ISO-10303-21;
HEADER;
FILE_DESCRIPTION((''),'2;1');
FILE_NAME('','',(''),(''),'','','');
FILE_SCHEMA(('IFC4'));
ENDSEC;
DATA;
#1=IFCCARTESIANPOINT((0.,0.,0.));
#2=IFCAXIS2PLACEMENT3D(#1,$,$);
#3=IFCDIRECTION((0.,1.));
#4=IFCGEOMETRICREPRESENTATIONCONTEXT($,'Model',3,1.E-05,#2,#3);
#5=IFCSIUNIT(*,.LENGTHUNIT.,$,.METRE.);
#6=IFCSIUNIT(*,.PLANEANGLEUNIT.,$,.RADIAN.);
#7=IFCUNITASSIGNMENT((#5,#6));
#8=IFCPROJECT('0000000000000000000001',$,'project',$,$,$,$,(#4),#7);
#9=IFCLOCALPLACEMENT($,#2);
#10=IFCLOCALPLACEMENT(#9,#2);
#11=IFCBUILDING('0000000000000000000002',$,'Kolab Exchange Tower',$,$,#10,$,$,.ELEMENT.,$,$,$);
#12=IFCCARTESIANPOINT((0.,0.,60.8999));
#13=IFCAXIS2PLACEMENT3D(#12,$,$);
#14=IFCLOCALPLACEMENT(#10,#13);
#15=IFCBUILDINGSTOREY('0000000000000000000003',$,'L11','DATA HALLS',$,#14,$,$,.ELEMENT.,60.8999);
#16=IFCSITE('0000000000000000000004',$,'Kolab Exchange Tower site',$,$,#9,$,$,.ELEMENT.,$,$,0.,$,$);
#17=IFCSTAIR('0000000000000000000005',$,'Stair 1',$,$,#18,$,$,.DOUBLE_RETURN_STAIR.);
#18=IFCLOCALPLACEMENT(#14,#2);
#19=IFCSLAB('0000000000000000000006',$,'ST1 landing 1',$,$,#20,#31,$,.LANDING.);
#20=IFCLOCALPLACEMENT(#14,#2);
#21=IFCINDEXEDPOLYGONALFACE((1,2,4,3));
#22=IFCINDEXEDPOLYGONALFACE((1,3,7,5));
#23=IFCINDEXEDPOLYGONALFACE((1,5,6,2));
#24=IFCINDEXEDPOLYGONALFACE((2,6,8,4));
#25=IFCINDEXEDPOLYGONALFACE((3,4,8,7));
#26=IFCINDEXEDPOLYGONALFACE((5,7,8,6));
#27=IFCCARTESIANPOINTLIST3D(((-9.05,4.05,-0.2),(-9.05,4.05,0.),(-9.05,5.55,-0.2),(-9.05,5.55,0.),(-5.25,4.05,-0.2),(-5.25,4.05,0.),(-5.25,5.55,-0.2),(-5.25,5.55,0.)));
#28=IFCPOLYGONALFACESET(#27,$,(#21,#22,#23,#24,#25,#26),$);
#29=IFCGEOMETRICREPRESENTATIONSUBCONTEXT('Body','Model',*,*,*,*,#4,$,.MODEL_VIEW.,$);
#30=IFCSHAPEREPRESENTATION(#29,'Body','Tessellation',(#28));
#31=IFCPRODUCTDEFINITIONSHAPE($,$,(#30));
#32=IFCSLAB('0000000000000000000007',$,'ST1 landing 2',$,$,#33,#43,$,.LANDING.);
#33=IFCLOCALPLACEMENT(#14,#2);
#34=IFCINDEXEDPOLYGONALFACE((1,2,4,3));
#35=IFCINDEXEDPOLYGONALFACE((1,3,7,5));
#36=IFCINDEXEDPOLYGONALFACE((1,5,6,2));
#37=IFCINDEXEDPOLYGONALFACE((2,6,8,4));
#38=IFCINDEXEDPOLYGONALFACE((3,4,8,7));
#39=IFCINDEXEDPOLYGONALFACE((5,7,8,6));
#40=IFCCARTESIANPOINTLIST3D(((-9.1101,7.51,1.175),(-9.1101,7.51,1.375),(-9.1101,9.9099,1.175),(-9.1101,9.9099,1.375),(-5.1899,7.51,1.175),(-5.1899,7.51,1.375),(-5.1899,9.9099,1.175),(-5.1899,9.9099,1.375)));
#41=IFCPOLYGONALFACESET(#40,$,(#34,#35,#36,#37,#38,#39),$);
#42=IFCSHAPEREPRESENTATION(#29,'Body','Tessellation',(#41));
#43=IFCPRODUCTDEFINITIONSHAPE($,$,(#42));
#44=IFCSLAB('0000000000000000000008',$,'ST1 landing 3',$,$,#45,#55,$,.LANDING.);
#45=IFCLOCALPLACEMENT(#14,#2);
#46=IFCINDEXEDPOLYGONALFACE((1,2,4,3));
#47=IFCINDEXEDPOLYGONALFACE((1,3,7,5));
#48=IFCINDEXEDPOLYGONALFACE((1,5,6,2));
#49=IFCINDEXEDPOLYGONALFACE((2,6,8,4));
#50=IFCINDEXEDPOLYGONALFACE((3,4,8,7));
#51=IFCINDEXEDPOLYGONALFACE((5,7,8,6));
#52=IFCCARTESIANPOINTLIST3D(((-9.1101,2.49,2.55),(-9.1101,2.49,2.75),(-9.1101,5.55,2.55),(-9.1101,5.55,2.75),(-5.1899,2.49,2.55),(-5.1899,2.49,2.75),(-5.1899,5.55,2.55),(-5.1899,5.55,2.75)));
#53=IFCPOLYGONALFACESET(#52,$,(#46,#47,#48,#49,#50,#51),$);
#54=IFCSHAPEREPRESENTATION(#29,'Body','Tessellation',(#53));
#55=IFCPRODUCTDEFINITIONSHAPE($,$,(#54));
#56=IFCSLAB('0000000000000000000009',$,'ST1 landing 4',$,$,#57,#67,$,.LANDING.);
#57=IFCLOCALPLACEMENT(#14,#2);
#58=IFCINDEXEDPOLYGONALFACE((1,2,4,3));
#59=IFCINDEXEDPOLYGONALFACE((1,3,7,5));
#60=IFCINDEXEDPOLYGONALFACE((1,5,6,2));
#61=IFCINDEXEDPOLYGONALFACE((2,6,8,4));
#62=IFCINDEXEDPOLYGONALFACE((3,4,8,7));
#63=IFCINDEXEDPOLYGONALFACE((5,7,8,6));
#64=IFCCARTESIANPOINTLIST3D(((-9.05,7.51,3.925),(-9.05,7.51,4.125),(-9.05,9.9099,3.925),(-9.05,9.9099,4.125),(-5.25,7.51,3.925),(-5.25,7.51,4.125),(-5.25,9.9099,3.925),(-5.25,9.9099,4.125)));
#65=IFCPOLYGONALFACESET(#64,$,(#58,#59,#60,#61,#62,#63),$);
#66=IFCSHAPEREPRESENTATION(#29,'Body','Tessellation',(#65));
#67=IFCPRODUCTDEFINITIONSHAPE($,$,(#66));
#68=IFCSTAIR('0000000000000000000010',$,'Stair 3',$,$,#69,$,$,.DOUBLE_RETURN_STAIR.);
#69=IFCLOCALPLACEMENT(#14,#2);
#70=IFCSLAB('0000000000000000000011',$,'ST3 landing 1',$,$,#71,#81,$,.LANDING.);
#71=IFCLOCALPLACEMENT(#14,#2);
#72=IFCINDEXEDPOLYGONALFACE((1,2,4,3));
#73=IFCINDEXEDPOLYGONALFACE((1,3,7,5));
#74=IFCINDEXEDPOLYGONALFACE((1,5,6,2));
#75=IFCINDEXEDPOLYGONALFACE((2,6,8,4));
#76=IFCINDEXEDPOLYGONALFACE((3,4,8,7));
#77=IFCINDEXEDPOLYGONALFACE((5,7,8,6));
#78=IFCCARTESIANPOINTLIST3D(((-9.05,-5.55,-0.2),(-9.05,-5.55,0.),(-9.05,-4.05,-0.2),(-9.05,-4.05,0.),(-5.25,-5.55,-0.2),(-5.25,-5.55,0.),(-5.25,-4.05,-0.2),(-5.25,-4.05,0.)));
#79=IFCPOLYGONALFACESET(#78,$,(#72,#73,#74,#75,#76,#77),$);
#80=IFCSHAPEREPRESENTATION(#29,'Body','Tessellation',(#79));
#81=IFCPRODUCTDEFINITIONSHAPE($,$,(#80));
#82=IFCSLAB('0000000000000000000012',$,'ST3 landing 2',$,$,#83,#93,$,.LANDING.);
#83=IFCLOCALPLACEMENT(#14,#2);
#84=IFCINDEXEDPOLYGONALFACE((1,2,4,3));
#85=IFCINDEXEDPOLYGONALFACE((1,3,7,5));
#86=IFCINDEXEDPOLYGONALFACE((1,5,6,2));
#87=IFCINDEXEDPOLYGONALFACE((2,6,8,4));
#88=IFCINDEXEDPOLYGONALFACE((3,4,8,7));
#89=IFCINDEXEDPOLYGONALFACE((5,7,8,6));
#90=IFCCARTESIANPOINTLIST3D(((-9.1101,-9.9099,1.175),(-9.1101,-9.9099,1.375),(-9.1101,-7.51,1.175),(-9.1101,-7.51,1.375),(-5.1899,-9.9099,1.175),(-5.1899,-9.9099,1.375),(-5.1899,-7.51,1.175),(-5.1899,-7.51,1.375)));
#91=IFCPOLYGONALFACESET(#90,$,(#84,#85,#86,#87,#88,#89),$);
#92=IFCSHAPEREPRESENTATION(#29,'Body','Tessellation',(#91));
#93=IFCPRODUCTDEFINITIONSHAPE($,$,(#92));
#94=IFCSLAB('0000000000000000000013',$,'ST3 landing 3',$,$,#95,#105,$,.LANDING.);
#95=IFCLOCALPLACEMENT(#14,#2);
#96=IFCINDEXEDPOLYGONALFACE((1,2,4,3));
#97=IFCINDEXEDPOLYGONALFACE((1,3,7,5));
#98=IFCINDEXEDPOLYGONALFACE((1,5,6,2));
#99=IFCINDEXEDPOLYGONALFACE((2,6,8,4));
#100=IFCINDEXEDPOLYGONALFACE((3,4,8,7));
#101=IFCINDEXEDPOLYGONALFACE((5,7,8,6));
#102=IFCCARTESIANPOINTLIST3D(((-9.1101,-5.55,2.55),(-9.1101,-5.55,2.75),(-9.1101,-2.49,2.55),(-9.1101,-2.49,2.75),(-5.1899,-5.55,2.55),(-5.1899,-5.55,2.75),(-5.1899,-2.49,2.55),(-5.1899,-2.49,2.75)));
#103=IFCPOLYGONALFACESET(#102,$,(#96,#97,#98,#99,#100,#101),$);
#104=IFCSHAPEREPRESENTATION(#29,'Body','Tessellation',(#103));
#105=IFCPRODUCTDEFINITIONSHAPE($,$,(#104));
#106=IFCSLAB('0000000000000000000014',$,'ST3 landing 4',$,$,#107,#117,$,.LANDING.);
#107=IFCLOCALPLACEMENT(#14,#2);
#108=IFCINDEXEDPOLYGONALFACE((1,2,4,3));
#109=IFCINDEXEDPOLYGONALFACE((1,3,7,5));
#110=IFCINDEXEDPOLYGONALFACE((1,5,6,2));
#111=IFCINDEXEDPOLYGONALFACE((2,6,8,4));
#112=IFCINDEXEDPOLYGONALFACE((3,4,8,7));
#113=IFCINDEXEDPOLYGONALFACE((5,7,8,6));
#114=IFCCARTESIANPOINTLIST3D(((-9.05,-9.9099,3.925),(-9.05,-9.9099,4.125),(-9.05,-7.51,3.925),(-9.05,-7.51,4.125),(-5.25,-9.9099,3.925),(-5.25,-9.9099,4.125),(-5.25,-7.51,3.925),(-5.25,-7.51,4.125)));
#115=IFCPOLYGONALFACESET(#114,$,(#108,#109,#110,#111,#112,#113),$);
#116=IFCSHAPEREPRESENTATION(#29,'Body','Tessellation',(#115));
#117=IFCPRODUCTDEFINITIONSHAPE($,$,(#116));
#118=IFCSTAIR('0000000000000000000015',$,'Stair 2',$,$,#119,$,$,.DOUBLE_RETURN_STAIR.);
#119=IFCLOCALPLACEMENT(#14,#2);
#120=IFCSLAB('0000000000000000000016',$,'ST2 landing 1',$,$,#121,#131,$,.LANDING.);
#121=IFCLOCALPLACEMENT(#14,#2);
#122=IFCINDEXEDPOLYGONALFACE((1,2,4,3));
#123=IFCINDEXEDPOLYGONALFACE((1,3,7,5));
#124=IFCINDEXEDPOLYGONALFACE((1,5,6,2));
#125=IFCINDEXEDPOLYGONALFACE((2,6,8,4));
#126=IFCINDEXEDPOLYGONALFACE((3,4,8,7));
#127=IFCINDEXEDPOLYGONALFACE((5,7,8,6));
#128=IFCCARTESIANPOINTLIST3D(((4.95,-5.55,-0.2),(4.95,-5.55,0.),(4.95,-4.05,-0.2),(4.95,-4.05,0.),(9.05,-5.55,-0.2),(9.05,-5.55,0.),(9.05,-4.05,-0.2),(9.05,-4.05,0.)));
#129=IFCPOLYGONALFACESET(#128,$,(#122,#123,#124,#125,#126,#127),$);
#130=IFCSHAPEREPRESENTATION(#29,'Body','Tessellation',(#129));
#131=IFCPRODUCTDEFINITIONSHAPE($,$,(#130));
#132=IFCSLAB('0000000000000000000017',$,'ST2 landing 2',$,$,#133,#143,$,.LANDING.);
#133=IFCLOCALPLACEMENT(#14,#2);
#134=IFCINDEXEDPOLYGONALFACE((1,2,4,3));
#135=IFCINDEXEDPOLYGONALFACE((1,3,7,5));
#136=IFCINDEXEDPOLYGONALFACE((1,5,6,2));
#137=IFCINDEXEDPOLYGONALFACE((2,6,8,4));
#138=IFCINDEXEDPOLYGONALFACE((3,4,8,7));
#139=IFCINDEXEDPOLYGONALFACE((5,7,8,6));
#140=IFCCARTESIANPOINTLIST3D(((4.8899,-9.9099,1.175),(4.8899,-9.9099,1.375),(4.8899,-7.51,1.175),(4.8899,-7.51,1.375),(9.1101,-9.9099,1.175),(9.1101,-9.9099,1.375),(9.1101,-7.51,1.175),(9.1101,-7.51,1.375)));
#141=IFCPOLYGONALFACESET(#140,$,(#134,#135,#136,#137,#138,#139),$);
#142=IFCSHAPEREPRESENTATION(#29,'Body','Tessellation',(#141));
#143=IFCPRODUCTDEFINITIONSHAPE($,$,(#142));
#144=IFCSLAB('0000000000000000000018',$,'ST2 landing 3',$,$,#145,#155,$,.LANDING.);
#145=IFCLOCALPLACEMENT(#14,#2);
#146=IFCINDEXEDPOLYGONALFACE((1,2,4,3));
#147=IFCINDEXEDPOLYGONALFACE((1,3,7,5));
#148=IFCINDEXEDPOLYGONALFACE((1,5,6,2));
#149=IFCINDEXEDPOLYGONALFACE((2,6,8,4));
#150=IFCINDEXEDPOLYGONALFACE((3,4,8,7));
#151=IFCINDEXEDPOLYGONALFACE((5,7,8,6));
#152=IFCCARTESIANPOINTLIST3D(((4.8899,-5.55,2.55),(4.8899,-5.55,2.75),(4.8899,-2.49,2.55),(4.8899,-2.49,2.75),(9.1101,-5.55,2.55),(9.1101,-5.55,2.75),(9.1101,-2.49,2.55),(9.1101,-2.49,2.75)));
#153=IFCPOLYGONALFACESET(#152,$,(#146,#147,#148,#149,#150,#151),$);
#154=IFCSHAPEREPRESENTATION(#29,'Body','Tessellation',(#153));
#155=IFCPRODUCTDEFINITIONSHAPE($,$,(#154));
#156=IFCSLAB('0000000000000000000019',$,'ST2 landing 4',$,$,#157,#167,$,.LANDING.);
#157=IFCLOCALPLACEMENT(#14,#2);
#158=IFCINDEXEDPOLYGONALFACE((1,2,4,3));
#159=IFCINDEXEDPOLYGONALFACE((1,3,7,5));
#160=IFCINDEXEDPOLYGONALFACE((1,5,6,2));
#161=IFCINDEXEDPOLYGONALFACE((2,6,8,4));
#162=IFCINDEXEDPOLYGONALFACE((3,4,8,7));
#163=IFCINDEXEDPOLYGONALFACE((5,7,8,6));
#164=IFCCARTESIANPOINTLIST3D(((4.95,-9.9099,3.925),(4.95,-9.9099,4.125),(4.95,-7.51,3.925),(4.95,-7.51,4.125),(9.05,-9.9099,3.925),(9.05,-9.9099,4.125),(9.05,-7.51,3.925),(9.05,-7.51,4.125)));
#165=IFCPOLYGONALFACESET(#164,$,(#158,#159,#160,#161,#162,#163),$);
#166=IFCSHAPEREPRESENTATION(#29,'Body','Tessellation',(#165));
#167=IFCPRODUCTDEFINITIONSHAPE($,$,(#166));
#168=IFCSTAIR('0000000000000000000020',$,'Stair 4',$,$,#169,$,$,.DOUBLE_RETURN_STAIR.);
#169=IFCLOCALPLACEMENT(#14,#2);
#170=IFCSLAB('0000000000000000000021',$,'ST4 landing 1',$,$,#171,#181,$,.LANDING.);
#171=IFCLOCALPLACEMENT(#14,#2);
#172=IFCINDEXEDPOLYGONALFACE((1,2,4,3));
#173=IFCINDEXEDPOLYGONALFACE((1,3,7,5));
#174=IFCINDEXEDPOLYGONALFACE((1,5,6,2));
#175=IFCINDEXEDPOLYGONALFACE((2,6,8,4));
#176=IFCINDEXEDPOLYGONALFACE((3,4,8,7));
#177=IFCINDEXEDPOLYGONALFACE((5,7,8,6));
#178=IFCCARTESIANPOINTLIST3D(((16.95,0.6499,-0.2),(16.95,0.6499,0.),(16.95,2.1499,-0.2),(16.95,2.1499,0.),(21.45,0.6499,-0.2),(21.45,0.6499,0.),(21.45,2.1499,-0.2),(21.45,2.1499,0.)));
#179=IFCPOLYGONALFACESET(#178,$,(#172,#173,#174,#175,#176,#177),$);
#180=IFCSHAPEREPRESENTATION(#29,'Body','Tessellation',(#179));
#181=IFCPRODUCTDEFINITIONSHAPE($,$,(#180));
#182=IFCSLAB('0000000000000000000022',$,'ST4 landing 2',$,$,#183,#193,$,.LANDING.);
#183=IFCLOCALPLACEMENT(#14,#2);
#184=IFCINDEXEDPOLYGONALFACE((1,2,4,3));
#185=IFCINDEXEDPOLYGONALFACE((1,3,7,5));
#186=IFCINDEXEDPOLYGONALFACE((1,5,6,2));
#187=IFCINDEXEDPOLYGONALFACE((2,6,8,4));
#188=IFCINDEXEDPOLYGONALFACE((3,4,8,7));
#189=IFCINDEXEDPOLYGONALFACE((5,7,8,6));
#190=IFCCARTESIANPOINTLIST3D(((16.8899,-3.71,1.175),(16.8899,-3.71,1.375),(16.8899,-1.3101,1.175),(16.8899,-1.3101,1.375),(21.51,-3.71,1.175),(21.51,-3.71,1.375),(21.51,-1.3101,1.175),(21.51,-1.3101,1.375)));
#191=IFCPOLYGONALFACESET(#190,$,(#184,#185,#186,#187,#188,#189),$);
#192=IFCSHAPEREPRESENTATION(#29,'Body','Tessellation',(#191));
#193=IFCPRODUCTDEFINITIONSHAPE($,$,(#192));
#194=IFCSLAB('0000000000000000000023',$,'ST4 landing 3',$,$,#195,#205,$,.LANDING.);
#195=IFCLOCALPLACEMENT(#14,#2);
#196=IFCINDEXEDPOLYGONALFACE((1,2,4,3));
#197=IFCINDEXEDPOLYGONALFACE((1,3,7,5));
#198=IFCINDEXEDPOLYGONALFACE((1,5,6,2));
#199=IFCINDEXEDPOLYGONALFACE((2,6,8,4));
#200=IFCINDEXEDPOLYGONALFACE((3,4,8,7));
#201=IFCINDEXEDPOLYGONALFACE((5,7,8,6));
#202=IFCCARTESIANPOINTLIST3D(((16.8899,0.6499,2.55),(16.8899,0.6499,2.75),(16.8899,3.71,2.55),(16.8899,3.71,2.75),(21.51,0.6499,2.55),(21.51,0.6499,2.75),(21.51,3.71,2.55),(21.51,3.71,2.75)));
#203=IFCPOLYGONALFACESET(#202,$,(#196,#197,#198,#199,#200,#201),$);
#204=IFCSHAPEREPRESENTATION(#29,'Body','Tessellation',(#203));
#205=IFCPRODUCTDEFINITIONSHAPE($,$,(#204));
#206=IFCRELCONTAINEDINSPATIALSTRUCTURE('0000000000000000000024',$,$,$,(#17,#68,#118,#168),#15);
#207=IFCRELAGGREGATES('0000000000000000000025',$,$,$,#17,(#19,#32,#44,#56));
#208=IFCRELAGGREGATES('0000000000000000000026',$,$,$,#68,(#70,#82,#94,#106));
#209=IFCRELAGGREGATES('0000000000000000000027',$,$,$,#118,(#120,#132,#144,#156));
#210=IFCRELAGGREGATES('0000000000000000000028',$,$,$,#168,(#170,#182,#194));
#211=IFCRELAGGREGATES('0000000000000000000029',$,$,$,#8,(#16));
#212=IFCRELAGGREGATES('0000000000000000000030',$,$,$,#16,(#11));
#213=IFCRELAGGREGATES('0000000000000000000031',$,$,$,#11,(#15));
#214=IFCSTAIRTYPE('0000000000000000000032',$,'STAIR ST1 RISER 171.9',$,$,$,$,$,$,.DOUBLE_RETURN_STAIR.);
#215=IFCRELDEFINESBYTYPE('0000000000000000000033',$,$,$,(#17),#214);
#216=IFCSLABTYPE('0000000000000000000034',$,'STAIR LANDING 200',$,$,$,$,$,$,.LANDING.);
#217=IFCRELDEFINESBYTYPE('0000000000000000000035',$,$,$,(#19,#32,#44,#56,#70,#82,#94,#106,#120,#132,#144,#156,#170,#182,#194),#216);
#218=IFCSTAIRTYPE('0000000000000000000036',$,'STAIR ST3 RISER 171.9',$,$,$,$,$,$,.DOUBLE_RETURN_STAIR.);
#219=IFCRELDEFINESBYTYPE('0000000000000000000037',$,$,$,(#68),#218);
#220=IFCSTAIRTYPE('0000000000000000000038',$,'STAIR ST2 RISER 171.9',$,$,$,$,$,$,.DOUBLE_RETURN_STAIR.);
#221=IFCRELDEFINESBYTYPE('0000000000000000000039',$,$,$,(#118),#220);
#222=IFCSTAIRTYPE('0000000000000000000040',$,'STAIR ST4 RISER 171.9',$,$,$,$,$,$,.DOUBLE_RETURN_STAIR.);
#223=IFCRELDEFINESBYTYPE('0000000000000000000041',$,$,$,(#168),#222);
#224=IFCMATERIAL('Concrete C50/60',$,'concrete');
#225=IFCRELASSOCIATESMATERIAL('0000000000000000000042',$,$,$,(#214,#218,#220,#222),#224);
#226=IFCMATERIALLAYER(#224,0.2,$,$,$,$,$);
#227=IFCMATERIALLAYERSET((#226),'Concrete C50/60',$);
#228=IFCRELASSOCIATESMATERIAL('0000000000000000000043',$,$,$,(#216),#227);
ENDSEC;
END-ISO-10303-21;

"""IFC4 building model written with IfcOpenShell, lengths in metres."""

from ifc_helpers import new_model, si_unit, direction, frame, origin, place, context, subcontext, project, spatial, polyline, outline, extrude, material, layer, layer_set, type_object, element, aggregate, save


model = new_model("IFC4")

# Units and contexts
model_context = context("Model", 3, precision=1e-05, world=origin(), true_north=direction((0.0, 1.0)))
body_context = subcontext(model_context, "Body", "Model", "MODEL_VIEW")
ifc_project = project(units=[si_unit("LENGTHUNIT", "METRE"), si_unit("PLANEANGLEUNIT", "RADIAN")], contexts=[model_context])

# Site, building, storey
site_placement = place(None, origin())
site = spatial("IfcSite", under=ifc_project, at=site_placement, Name="Kolab Exchange Tower site", CompositionType="ELEMENT", RefElevation=0.0)
building_placement = place(site_placement, origin())
building = spatial("IfcBuilding", under=site, at=building_placement, Name="Kolab Exchange Tower", CompositionType="ELEMENT")
storey_placement = place(building_placement, frame((0.0, 0.0, 60.8999)))
storey = spatial("IfcBuildingStorey", under=building, at=storey_placement, Name="L11", Description="DATA HALLS", CompositionType="ELEMENT", Elevation=60.8999)

# Stairs, slabs
ifc_material_1 = material(Name="Concrete C50/60", Category="concrete")
stair_type_1 = type_object("IfcStairType", Name="STAIR ST1 RISER 171.9", PredefinedType="DOUBLE_RETURN_STAIR", material=ifc_material_1)
stair_1_placement = place(storey_placement, origin())
stair_1 = element("IfcStair", 1, at=stair_1_placement, inside=storey, type_object=stair_type_1, Name="Stair 1", PredefinedType="DOUBLE_RETURN_STAIR")
ifc_layer_1 = layer(ifc_material_1, 0.2)
ifc_layer_set_1 = layer_set([ifc_layer_1], Name="Concrete C50/60")
slab_type = type_object("IfcSlabType", Name="STAIR LANDING 200", PredefinedType="LANDING", material=ifc_layer_set_1)
slab_1_placement = place(storey_placement, frame((0.0, 0.0, -0.2)))
slab_1 = element("IfcSlab", 2, at=slab_1_placement, type_object=slab_type, Name="ST1 landing 1", PredefinedType="LANDING", context=body_context, shape_type="SweptSolid", body=[
    extrude(outline(polyline([(-9.05, 4.05), (-5.25, 4.05), (-5.25, 5.55), (-9.05, 5.55), (-9.05, 4.05)])), origin(), (0.0, 0.0, 1.0), 0.2),
])
slab_2_placement = place(storey_placement, frame((0.0, 0.0, 1.175)))
slab_2 = element("IfcSlab", 3, at=slab_2_placement, type_object=slab_type, Name="ST1 landing 2", PredefinedType="LANDING", context=body_context, shape_type="SweptSolid", body=[
    extrude(outline(polyline([(-9.1101, 7.51), (-5.1899, 7.51), (-5.1899, 9.9099), (-9.1101, 9.9099), (-9.1101, 7.51)])), origin(), (0.0, 0.0, 1.0), 0.2),
])
slab_3_placement = place(storey_placement, frame((0.0, 0.0, 2.55)))
slab_3 = element("IfcSlab", 4, at=slab_3_placement, type_object=slab_type, Name="ST1 landing 3", PredefinedType="LANDING", context=body_context, shape_type="SweptSolid", body=[
    extrude(outline(polyline([(-9.1101, 2.49), (-5.1899, 2.49), (-5.1899, 5.55), (-9.1101, 5.55), (-9.1101, 2.49)])), origin(), (0.0, 0.0, 1.0), 0.2),
])
slab_4_placement = place(storey_placement, frame((0.0, 0.0, 3.925)))
slab_4 = element("IfcSlab", 5, at=slab_4_placement, type_object=slab_type, Name="ST1 landing 4", PredefinedType="LANDING", context=body_context, shape_type="SweptSolid", body=[
    extrude(outline(polyline([(-9.05, 7.51), (-5.25, 7.51), (-5.25, 9.9099), (-9.05, 9.9099), (-9.05, 7.51)])), origin(), (0.0, 0.0, 1.0), 0.2),
])
aggregate(stair_1, [slab_1, slab_2, slab_3, slab_4])
stair_type_2 = type_object("IfcStairType", Name="STAIR ST3 RISER 171.9", PredefinedType="DOUBLE_RETURN_STAIR", material=ifc_material_1)
stair_2_placement = place(storey_placement, origin())
stair_2 = element("IfcStair", 6, at=stair_2_placement, inside=storey, type_object=stair_type_2, Name="Stair 3", PredefinedType="DOUBLE_RETURN_STAIR")
slab_5_placement = place(storey_placement, frame((0.0, 0.0, -0.2)))
slab_5 = element("IfcSlab", 7, at=slab_5_placement, type_object=slab_type, Name="ST3 landing 1", PredefinedType="LANDING", context=body_context, shape_type="SweptSolid", body=[
    extrude(outline(polyline([(-9.05, -5.55), (-5.25, -5.55), (-5.25, -4.05), (-9.05, -4.05), (-9.05, -5.55)])), origin(), (0.0, 0.0, 1.0), 0.2),
])
slab_6_placement = place(storey_placement, frame((0.0, 0.0, 1.175)))
slab_6 = element("IfcSlab", 8, at=slab_6_placement, type_object=slab_type, Name="ST3 landing 2", PredefinedType="LANDING", context=body_context, shape_type="SweptSolid", body=[
    extrude(outline(polyline([(-9.1101, -9.9099), (-5.1899, -9.9099), (-5.1899, -7.51), (-9.1101, -7.51), (-9.1101, -9.9099)])), origin(), (0.0, 0.0, 1.0), 0.2),
])
slab_7_placement = place(storey_placement, frame((0.0, 0.0, 2.55)))
slab_7 = element("IfcSlab", 9, at=slab_7_placement, type_object=slab_type, Name="ST3 landing 3", PredefinedType="LANDING", context=body_context, shape_type="SweptSolid", body=[
    extrude(outline(polyline([(-9.1101, -5.55), (-5.1899, -5.55), (-5.1899, -2.49), (-9.1101, -2.49), (-9.1101, -5.55)])), origin(), (0.0, 0.0, 1.0), 0.2),
])
slab_8_placement = place(storey_placement, frame((0.0, 0.0, 3.925)))
slab_8 = element("IfcSlab", 10, at=slab_8_placement, type_object=slab_type, Name="ST3 landing 4", PredefinedType="LANDING", context=body_context, shape_type="SweptSolid", body=[
    extrude(outline(polyline([(-9.05, -9.9099), (-5.25, -9.9099), (-5.25, -7.51), (-9.05, -7.51), (-9.05, -9.9099)])), origin(), (0.0, 0.0, 1.0), 0.2),
])
aggregate(stair_2, [slab_5, slab_6, slab_7, slab_8])
stair_type_3 = type_object("IfcStairType", Name="STAIR ST2 RISER 171.9", PredefinedType="DOUBLE_RETURN_STAIR", material=ifc_material_1)
stair_3_placement = place(storey_placement, origin())
stair_3 = element("IfcStair", 11, at=stair_3_placement, inside=storey, type_object=stair_type_3, Name="Stair 2", PredefinedType="DOUBLE_RETURN_STAIR")
slab_9_placement = place(storey_placement, frame((0.0, 0.0, -0.2)))
slab_9 = element("IfcSlab", 12, at=slab_9_placement, type_object=slab_type, Name="ST2 landing 1", PredefinedType="LANDING", context=body_context, shape_type="SweptSolid", body=[
    extrude(outline(polyline([(4.95, -5.55), (9.05, -5.55), (9.05, -4.05), (4.95, -4.05), (4.95, -5.55)])), origin(), (0.0, 0.0, 1.0), 0.2),
])
slab_10_placement = place(storey_placement, frame((0.0, 0.0, 1.175)))
slab_10 = element("IfcSlab", 13, at=slab_10_placement, type_object=slab_type, Name="ST2 landing 2", PredefinedType="LANDING", context=body_context, shape_type="SweptSolid", body=[
    extrude(outline(polyline([(4.8899, -9.9099), (9.1101, -9.9099), (9.1101, -7.51), (4.8899, -7.51), (4.8899, -9.9099)])), origin(), (0.0, 0.0, 1.0), 0.2),
])
slab_11_placement = place(storey_placement, frame((0.0, 0.0, 2.55)))
slab_11 = element("IfcSlab", 14, at=slab_11_placement, type_object=slab_type, Name="ST2 landing 3", PredefinedType="LANDING", context=body_context, shape_type="SweptSolid", body=[
    extrude(outline(polyline([(4.8899, -5.55), (9.1101, -5.55), (9.1101, -2.49), (4.8899, -2.49), (4.8899, -5.55)])), origin(), (0.0, 0.0, 1.0), 0.2),
])
slab_12_placement = place(storey_placement, frame((0.0, 0.0, 3.925)))
slab_12 = element("IfcSlab", 15, at=slab_12_placement, type_object=slab_type, Name="ST2 landing 4", PredefinedType="LANDING", context=body_context, shape_type="SweptSolid", body=[
    extrude(outline(polyline([(4.95, -9.9099), (9.05, -9.9099), (9.05, -7.51), (4.95, -7.51), (4.95, -9.9099)])), origin(), (0.0, 0.0, 1.0), 0.2),
])
aggregate(stair_3, [slab_9, slab_10, slab_11, slab_12])
stair_type_4 = type_object("IfcStairType", Name="STAIR ST4 RISER 171.9", PredefinedType="DOUBLE_RETURN_STAIR", material=ifc_material_1)
stair_4_placement = place(storey_placement, origin())
stair_4 = element("IfcStair", 16, at=stair_4_placement, inside=storey, type_object=stair_type_4, Name="Stair 4", PredefinedType="DOUBLE_RETURN_STAIR")
slab_13_placement = place(storey_placement, frame((0.0, 0.0, -0.2)))
slab_13 = element("IfcSlab", 17, at=slab_13_placement, type_object=slab_type, Name="ST4 landing 1", PredefinedType="LANDING", context=body_context, shape_type="SweptSolid", body=[
    extrude(outline(polyline([(16.95, 0.6499), (21.45, 0.6499), (21.45, 2.1499), (16.95, 2.1499), (16.95, 0.6499)])), origin(), (0.0, 0.0, 1.0), 0.2),
])
slab_14_placement = place(storey_placement, frame((0.0, 0.0, 1.175)))
slab_14 = element("IfcSlab", 18, at=slab_14_placement, type_object=slab_type, Name="ST4 landing 2", PredefinedType="LANDING", context=body_context, shape_type="SweptSolid", body=[
    extrude(outline(polyline([(16.8899, -3.71), (21.51, -3.71), (21.51, -1.3101), (16.8899, -1.3101), (16.8899, -3.71)])), origin(), (0.0, 0.0, 1.0), 0.2),
])
slab_15_placement = place(storey_placement, frame((0.0, 0.0, 2.55)))
slab_15 = element("IfcSlab", 19, at=slab_15_placement, type_object=slab_type, Name="ST4 landing 3", PredefinedType="LANDING", context=body_context, shape_type="SweptSolid", body=[
    extrude(outline(polyline([(16.8899, 0.6499), (21.51, 0.6499), (21.51, 3.71), (16.8899, 3.71), (16.8899, 0.6499)])), origin(), (0.0, 0.0, 1.0), 0.2),
])
aggregate(stair_4, [slab_13, slab_14, slab_15])

save(model, "model.ifc")
